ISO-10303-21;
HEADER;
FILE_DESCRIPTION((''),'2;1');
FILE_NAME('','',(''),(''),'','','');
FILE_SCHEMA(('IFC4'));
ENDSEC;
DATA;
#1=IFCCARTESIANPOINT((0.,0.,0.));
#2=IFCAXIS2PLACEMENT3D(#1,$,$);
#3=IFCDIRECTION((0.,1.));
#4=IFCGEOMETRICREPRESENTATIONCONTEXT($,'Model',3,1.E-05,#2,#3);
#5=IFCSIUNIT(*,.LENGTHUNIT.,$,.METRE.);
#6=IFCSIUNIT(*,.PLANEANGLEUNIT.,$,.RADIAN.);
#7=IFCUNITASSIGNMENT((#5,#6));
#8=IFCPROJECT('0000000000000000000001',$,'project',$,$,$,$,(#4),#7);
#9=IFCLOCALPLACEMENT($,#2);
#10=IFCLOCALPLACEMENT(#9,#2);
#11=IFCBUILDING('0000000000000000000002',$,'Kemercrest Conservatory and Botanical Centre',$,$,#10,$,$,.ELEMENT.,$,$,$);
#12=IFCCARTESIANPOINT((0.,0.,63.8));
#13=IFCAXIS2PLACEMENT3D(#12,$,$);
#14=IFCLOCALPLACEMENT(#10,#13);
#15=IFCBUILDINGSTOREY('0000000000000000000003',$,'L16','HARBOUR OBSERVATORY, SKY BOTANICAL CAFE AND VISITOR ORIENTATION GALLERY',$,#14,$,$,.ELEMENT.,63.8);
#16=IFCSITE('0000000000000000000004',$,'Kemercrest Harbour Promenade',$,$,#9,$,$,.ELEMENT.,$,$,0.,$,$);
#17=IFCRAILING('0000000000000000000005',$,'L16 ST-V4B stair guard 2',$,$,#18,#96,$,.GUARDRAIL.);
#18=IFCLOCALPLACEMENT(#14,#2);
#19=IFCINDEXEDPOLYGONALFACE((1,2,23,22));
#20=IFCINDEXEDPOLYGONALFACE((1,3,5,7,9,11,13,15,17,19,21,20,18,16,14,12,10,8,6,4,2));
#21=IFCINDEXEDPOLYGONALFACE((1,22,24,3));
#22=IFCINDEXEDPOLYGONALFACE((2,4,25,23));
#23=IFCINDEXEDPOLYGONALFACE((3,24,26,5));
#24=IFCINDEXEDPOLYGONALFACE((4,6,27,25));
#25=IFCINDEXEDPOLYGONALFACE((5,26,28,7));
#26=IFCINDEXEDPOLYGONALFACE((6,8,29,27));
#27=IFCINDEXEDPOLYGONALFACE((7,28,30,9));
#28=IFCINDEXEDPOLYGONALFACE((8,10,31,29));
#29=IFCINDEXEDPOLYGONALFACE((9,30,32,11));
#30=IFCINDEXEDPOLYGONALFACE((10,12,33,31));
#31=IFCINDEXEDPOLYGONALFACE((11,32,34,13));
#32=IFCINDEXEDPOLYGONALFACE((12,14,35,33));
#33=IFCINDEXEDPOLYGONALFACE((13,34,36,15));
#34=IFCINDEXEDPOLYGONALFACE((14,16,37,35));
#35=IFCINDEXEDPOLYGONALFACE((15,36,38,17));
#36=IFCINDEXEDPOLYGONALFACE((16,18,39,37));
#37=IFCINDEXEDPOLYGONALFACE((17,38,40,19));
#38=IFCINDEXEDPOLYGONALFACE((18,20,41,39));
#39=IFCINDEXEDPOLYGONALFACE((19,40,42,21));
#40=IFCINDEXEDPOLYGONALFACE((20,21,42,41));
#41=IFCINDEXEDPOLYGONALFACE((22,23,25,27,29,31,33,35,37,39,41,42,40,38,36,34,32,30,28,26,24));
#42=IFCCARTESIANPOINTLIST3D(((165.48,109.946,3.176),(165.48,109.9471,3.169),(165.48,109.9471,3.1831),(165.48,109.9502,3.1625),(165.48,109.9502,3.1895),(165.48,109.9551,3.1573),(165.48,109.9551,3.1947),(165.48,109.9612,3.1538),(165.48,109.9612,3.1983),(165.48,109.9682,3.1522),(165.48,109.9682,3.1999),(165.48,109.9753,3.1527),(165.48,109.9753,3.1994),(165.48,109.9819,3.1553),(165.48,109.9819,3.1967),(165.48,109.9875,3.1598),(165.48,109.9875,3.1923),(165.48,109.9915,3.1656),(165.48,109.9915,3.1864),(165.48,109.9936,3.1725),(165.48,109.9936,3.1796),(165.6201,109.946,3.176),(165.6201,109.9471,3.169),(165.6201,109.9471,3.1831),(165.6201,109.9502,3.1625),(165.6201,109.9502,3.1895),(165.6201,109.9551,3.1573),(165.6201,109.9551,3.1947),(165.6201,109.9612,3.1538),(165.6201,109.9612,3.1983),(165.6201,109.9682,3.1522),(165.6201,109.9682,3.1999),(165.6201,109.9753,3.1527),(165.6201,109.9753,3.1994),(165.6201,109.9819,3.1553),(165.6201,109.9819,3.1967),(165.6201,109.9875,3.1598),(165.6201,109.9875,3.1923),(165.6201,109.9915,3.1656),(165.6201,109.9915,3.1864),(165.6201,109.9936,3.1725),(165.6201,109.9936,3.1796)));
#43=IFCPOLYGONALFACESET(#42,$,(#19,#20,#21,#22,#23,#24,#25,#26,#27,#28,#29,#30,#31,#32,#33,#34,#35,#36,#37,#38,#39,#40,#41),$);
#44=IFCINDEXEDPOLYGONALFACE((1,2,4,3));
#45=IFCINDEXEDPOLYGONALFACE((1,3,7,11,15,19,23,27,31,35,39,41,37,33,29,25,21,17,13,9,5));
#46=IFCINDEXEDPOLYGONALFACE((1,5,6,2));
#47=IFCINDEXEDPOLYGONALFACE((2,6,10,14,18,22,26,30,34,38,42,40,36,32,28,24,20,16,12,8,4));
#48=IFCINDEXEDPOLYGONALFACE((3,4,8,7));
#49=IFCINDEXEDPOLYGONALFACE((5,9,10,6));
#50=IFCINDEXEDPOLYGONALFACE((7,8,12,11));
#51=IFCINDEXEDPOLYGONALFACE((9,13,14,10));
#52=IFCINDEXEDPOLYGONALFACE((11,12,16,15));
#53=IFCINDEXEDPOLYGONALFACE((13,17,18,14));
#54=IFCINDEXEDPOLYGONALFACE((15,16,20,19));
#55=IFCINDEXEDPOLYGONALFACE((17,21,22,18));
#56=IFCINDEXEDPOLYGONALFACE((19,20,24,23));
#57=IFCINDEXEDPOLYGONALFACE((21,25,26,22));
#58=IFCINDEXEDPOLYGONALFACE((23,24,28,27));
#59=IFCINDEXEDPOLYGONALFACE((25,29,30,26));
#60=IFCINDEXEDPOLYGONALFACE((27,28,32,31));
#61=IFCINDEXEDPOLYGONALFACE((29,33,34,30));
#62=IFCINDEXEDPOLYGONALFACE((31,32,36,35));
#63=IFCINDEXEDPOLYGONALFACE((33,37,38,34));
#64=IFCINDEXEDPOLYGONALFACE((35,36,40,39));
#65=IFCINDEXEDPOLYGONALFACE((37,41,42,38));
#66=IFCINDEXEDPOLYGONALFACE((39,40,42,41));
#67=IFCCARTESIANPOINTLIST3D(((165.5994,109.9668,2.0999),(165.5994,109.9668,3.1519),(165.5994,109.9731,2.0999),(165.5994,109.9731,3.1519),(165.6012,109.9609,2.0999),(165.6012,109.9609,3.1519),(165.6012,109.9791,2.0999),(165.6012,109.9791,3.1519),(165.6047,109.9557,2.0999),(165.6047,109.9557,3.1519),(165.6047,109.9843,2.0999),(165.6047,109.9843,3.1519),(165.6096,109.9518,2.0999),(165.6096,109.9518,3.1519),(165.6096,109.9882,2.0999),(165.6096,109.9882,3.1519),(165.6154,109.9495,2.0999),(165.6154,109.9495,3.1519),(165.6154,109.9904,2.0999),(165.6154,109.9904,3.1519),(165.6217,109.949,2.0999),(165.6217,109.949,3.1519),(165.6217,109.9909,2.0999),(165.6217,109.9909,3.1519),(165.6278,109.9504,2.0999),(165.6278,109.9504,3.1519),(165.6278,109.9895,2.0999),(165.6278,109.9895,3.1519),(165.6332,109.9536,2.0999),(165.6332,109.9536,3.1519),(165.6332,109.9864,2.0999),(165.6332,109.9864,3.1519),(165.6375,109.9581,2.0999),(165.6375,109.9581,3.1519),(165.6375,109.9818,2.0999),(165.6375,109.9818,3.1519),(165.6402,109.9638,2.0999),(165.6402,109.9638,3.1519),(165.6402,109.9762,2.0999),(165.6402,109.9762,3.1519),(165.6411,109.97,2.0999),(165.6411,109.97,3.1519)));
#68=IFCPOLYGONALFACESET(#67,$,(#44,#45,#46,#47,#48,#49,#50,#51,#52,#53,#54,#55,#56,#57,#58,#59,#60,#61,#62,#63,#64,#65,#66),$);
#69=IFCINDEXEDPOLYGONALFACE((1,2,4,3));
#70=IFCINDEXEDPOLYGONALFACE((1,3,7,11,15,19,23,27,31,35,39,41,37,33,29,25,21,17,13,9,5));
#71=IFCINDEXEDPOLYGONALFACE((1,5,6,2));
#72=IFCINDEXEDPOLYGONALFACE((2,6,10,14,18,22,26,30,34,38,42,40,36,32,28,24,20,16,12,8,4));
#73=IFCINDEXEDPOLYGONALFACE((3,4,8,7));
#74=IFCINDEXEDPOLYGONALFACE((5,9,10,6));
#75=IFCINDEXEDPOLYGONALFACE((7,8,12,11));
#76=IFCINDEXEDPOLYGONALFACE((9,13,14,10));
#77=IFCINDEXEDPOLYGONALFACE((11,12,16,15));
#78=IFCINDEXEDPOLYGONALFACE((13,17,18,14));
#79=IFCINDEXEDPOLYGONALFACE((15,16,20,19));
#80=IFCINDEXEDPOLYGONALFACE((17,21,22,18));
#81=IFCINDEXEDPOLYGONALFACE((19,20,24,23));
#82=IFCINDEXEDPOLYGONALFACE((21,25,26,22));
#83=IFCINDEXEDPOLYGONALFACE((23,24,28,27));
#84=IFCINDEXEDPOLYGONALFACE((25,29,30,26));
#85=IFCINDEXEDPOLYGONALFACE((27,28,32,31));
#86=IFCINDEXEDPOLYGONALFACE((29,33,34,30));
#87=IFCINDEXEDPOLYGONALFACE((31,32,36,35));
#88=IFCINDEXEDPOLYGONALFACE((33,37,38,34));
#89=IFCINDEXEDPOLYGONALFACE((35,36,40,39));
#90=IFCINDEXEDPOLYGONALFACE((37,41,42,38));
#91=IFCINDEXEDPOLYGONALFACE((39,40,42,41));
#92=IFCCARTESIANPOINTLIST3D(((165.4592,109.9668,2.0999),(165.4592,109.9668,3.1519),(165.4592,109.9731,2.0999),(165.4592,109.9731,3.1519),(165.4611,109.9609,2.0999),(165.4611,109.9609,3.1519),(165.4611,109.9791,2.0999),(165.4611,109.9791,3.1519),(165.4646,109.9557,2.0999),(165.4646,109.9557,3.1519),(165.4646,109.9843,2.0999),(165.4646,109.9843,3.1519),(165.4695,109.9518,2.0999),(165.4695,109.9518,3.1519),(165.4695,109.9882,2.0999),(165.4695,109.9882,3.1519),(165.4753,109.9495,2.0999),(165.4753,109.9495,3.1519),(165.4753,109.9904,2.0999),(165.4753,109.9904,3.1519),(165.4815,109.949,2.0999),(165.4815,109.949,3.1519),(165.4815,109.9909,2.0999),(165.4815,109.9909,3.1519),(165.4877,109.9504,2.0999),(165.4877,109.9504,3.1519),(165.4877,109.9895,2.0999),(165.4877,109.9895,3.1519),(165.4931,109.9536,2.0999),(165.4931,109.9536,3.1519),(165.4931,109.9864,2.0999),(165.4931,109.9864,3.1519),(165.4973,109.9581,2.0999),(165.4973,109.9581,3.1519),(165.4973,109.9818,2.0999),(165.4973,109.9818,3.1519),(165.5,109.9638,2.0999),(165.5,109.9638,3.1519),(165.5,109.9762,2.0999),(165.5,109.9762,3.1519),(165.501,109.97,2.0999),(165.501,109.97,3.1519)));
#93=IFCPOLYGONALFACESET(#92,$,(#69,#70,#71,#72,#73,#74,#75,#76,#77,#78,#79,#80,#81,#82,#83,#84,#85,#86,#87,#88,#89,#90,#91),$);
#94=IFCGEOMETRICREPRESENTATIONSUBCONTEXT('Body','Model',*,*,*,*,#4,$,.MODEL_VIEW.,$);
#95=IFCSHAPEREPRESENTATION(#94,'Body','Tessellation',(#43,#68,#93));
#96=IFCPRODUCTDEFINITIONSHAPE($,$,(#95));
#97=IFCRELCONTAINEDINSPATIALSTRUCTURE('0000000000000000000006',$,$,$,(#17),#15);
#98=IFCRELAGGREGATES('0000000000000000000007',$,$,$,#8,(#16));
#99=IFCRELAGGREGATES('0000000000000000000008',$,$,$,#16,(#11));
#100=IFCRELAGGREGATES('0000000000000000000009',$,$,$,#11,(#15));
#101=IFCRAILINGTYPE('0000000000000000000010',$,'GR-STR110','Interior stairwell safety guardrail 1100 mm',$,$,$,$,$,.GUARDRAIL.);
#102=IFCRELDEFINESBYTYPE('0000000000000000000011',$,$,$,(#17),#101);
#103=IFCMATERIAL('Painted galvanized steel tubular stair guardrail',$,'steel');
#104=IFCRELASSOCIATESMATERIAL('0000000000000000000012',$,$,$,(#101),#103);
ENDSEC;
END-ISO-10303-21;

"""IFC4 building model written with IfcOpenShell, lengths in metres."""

from ifc_helpers import new_model, si_unit, direction, frame, origin, origin_2d, place, context, subcontext, project, spatial, circle, extrude, material, type_object, element, save


model = new_model("IFC4")

# Units and contexts
model_context = context("Model", 3, precision=1e-05, world=origin(), true_north=direction((0.0, 1.0)))
body_context = subcontext(model_context, "Body", "Model", "MODEL_VIEW")
ifc_project = project(units=[si_unit("LENGTHUNIT", "METRE"), si_unit("PLANEANGLEUNIT", "RADIAN")], contexts=[model_context])

# Site, building, storey
site_placement = place(None, origin())
site = spatial("IfcSite", under=ifc_project, at=site_placement, Name="Kemercrest Harbour Promenade", CompositionType="ELEMENT", RefElevation=0.0)
building_placement = place(site_placement, origin())
building = spatial("IfcBuilding", under=site, at=building_placement, Name="Kemercrest Conservatory and Botanical Centre", CompositionType="ELEMENT")
storey_placement = place(building_placement, frame((0.0, 0.0, 63.8)))
storey = spatial("IfcBuildingStorey", under=building, at=storey_placement, Name="L16", Description="HARBOUR OBSERVATORY, SKY BOTANICAL CAFE AND VISITOR ORIENTATION GALLERY", CompositionType="ELEMENT", Elevation=63.8)

# Railing
ifc_material_1 = material(Name="Painted galvanized steel tubular stair guardrail", Category="steel")
railing_type_1 = type_object("IfcRailingType", Name="GR-STR110", Description="Interior stairwell safety guardrail 1100 mm", PredefinedType="GUARDRAIL", material=ifc_material_1)
railing_1_placement = place(storey_placement, frame((165.6201, 109.97, 2.0999)))
element("IfcRailing", 1, at=railing_1_placement, inside=storey, type_object=railing_type_1, Name="L16 ST-V4B stair guard 2", PredefinedType="GUARDRAIL", context=body_context, shape_type="SweptSolid", body=[
    extrude(circle(Radius=0.0239, at=origin_2d()), frame((0.0, 0.0, 1.0762), z_axis=(-1.0, 0.0, 0.0), x_axis=(0.0, -1.0, 0.0)), (0.0, 0.0, 1.0), 0.1401),
    extrude(circle(Radius=0.021, at=origin_2d()), origin(), (0.0, 0.0, 1.0), 1.052),
    extrude(circle(Radius=0.021, at=origin_2d()), frame((-0.1401, 0.0, 0.0)), (0.0, 0.0, 1.0), 1.052),
])

save(model, "model.ifc")
